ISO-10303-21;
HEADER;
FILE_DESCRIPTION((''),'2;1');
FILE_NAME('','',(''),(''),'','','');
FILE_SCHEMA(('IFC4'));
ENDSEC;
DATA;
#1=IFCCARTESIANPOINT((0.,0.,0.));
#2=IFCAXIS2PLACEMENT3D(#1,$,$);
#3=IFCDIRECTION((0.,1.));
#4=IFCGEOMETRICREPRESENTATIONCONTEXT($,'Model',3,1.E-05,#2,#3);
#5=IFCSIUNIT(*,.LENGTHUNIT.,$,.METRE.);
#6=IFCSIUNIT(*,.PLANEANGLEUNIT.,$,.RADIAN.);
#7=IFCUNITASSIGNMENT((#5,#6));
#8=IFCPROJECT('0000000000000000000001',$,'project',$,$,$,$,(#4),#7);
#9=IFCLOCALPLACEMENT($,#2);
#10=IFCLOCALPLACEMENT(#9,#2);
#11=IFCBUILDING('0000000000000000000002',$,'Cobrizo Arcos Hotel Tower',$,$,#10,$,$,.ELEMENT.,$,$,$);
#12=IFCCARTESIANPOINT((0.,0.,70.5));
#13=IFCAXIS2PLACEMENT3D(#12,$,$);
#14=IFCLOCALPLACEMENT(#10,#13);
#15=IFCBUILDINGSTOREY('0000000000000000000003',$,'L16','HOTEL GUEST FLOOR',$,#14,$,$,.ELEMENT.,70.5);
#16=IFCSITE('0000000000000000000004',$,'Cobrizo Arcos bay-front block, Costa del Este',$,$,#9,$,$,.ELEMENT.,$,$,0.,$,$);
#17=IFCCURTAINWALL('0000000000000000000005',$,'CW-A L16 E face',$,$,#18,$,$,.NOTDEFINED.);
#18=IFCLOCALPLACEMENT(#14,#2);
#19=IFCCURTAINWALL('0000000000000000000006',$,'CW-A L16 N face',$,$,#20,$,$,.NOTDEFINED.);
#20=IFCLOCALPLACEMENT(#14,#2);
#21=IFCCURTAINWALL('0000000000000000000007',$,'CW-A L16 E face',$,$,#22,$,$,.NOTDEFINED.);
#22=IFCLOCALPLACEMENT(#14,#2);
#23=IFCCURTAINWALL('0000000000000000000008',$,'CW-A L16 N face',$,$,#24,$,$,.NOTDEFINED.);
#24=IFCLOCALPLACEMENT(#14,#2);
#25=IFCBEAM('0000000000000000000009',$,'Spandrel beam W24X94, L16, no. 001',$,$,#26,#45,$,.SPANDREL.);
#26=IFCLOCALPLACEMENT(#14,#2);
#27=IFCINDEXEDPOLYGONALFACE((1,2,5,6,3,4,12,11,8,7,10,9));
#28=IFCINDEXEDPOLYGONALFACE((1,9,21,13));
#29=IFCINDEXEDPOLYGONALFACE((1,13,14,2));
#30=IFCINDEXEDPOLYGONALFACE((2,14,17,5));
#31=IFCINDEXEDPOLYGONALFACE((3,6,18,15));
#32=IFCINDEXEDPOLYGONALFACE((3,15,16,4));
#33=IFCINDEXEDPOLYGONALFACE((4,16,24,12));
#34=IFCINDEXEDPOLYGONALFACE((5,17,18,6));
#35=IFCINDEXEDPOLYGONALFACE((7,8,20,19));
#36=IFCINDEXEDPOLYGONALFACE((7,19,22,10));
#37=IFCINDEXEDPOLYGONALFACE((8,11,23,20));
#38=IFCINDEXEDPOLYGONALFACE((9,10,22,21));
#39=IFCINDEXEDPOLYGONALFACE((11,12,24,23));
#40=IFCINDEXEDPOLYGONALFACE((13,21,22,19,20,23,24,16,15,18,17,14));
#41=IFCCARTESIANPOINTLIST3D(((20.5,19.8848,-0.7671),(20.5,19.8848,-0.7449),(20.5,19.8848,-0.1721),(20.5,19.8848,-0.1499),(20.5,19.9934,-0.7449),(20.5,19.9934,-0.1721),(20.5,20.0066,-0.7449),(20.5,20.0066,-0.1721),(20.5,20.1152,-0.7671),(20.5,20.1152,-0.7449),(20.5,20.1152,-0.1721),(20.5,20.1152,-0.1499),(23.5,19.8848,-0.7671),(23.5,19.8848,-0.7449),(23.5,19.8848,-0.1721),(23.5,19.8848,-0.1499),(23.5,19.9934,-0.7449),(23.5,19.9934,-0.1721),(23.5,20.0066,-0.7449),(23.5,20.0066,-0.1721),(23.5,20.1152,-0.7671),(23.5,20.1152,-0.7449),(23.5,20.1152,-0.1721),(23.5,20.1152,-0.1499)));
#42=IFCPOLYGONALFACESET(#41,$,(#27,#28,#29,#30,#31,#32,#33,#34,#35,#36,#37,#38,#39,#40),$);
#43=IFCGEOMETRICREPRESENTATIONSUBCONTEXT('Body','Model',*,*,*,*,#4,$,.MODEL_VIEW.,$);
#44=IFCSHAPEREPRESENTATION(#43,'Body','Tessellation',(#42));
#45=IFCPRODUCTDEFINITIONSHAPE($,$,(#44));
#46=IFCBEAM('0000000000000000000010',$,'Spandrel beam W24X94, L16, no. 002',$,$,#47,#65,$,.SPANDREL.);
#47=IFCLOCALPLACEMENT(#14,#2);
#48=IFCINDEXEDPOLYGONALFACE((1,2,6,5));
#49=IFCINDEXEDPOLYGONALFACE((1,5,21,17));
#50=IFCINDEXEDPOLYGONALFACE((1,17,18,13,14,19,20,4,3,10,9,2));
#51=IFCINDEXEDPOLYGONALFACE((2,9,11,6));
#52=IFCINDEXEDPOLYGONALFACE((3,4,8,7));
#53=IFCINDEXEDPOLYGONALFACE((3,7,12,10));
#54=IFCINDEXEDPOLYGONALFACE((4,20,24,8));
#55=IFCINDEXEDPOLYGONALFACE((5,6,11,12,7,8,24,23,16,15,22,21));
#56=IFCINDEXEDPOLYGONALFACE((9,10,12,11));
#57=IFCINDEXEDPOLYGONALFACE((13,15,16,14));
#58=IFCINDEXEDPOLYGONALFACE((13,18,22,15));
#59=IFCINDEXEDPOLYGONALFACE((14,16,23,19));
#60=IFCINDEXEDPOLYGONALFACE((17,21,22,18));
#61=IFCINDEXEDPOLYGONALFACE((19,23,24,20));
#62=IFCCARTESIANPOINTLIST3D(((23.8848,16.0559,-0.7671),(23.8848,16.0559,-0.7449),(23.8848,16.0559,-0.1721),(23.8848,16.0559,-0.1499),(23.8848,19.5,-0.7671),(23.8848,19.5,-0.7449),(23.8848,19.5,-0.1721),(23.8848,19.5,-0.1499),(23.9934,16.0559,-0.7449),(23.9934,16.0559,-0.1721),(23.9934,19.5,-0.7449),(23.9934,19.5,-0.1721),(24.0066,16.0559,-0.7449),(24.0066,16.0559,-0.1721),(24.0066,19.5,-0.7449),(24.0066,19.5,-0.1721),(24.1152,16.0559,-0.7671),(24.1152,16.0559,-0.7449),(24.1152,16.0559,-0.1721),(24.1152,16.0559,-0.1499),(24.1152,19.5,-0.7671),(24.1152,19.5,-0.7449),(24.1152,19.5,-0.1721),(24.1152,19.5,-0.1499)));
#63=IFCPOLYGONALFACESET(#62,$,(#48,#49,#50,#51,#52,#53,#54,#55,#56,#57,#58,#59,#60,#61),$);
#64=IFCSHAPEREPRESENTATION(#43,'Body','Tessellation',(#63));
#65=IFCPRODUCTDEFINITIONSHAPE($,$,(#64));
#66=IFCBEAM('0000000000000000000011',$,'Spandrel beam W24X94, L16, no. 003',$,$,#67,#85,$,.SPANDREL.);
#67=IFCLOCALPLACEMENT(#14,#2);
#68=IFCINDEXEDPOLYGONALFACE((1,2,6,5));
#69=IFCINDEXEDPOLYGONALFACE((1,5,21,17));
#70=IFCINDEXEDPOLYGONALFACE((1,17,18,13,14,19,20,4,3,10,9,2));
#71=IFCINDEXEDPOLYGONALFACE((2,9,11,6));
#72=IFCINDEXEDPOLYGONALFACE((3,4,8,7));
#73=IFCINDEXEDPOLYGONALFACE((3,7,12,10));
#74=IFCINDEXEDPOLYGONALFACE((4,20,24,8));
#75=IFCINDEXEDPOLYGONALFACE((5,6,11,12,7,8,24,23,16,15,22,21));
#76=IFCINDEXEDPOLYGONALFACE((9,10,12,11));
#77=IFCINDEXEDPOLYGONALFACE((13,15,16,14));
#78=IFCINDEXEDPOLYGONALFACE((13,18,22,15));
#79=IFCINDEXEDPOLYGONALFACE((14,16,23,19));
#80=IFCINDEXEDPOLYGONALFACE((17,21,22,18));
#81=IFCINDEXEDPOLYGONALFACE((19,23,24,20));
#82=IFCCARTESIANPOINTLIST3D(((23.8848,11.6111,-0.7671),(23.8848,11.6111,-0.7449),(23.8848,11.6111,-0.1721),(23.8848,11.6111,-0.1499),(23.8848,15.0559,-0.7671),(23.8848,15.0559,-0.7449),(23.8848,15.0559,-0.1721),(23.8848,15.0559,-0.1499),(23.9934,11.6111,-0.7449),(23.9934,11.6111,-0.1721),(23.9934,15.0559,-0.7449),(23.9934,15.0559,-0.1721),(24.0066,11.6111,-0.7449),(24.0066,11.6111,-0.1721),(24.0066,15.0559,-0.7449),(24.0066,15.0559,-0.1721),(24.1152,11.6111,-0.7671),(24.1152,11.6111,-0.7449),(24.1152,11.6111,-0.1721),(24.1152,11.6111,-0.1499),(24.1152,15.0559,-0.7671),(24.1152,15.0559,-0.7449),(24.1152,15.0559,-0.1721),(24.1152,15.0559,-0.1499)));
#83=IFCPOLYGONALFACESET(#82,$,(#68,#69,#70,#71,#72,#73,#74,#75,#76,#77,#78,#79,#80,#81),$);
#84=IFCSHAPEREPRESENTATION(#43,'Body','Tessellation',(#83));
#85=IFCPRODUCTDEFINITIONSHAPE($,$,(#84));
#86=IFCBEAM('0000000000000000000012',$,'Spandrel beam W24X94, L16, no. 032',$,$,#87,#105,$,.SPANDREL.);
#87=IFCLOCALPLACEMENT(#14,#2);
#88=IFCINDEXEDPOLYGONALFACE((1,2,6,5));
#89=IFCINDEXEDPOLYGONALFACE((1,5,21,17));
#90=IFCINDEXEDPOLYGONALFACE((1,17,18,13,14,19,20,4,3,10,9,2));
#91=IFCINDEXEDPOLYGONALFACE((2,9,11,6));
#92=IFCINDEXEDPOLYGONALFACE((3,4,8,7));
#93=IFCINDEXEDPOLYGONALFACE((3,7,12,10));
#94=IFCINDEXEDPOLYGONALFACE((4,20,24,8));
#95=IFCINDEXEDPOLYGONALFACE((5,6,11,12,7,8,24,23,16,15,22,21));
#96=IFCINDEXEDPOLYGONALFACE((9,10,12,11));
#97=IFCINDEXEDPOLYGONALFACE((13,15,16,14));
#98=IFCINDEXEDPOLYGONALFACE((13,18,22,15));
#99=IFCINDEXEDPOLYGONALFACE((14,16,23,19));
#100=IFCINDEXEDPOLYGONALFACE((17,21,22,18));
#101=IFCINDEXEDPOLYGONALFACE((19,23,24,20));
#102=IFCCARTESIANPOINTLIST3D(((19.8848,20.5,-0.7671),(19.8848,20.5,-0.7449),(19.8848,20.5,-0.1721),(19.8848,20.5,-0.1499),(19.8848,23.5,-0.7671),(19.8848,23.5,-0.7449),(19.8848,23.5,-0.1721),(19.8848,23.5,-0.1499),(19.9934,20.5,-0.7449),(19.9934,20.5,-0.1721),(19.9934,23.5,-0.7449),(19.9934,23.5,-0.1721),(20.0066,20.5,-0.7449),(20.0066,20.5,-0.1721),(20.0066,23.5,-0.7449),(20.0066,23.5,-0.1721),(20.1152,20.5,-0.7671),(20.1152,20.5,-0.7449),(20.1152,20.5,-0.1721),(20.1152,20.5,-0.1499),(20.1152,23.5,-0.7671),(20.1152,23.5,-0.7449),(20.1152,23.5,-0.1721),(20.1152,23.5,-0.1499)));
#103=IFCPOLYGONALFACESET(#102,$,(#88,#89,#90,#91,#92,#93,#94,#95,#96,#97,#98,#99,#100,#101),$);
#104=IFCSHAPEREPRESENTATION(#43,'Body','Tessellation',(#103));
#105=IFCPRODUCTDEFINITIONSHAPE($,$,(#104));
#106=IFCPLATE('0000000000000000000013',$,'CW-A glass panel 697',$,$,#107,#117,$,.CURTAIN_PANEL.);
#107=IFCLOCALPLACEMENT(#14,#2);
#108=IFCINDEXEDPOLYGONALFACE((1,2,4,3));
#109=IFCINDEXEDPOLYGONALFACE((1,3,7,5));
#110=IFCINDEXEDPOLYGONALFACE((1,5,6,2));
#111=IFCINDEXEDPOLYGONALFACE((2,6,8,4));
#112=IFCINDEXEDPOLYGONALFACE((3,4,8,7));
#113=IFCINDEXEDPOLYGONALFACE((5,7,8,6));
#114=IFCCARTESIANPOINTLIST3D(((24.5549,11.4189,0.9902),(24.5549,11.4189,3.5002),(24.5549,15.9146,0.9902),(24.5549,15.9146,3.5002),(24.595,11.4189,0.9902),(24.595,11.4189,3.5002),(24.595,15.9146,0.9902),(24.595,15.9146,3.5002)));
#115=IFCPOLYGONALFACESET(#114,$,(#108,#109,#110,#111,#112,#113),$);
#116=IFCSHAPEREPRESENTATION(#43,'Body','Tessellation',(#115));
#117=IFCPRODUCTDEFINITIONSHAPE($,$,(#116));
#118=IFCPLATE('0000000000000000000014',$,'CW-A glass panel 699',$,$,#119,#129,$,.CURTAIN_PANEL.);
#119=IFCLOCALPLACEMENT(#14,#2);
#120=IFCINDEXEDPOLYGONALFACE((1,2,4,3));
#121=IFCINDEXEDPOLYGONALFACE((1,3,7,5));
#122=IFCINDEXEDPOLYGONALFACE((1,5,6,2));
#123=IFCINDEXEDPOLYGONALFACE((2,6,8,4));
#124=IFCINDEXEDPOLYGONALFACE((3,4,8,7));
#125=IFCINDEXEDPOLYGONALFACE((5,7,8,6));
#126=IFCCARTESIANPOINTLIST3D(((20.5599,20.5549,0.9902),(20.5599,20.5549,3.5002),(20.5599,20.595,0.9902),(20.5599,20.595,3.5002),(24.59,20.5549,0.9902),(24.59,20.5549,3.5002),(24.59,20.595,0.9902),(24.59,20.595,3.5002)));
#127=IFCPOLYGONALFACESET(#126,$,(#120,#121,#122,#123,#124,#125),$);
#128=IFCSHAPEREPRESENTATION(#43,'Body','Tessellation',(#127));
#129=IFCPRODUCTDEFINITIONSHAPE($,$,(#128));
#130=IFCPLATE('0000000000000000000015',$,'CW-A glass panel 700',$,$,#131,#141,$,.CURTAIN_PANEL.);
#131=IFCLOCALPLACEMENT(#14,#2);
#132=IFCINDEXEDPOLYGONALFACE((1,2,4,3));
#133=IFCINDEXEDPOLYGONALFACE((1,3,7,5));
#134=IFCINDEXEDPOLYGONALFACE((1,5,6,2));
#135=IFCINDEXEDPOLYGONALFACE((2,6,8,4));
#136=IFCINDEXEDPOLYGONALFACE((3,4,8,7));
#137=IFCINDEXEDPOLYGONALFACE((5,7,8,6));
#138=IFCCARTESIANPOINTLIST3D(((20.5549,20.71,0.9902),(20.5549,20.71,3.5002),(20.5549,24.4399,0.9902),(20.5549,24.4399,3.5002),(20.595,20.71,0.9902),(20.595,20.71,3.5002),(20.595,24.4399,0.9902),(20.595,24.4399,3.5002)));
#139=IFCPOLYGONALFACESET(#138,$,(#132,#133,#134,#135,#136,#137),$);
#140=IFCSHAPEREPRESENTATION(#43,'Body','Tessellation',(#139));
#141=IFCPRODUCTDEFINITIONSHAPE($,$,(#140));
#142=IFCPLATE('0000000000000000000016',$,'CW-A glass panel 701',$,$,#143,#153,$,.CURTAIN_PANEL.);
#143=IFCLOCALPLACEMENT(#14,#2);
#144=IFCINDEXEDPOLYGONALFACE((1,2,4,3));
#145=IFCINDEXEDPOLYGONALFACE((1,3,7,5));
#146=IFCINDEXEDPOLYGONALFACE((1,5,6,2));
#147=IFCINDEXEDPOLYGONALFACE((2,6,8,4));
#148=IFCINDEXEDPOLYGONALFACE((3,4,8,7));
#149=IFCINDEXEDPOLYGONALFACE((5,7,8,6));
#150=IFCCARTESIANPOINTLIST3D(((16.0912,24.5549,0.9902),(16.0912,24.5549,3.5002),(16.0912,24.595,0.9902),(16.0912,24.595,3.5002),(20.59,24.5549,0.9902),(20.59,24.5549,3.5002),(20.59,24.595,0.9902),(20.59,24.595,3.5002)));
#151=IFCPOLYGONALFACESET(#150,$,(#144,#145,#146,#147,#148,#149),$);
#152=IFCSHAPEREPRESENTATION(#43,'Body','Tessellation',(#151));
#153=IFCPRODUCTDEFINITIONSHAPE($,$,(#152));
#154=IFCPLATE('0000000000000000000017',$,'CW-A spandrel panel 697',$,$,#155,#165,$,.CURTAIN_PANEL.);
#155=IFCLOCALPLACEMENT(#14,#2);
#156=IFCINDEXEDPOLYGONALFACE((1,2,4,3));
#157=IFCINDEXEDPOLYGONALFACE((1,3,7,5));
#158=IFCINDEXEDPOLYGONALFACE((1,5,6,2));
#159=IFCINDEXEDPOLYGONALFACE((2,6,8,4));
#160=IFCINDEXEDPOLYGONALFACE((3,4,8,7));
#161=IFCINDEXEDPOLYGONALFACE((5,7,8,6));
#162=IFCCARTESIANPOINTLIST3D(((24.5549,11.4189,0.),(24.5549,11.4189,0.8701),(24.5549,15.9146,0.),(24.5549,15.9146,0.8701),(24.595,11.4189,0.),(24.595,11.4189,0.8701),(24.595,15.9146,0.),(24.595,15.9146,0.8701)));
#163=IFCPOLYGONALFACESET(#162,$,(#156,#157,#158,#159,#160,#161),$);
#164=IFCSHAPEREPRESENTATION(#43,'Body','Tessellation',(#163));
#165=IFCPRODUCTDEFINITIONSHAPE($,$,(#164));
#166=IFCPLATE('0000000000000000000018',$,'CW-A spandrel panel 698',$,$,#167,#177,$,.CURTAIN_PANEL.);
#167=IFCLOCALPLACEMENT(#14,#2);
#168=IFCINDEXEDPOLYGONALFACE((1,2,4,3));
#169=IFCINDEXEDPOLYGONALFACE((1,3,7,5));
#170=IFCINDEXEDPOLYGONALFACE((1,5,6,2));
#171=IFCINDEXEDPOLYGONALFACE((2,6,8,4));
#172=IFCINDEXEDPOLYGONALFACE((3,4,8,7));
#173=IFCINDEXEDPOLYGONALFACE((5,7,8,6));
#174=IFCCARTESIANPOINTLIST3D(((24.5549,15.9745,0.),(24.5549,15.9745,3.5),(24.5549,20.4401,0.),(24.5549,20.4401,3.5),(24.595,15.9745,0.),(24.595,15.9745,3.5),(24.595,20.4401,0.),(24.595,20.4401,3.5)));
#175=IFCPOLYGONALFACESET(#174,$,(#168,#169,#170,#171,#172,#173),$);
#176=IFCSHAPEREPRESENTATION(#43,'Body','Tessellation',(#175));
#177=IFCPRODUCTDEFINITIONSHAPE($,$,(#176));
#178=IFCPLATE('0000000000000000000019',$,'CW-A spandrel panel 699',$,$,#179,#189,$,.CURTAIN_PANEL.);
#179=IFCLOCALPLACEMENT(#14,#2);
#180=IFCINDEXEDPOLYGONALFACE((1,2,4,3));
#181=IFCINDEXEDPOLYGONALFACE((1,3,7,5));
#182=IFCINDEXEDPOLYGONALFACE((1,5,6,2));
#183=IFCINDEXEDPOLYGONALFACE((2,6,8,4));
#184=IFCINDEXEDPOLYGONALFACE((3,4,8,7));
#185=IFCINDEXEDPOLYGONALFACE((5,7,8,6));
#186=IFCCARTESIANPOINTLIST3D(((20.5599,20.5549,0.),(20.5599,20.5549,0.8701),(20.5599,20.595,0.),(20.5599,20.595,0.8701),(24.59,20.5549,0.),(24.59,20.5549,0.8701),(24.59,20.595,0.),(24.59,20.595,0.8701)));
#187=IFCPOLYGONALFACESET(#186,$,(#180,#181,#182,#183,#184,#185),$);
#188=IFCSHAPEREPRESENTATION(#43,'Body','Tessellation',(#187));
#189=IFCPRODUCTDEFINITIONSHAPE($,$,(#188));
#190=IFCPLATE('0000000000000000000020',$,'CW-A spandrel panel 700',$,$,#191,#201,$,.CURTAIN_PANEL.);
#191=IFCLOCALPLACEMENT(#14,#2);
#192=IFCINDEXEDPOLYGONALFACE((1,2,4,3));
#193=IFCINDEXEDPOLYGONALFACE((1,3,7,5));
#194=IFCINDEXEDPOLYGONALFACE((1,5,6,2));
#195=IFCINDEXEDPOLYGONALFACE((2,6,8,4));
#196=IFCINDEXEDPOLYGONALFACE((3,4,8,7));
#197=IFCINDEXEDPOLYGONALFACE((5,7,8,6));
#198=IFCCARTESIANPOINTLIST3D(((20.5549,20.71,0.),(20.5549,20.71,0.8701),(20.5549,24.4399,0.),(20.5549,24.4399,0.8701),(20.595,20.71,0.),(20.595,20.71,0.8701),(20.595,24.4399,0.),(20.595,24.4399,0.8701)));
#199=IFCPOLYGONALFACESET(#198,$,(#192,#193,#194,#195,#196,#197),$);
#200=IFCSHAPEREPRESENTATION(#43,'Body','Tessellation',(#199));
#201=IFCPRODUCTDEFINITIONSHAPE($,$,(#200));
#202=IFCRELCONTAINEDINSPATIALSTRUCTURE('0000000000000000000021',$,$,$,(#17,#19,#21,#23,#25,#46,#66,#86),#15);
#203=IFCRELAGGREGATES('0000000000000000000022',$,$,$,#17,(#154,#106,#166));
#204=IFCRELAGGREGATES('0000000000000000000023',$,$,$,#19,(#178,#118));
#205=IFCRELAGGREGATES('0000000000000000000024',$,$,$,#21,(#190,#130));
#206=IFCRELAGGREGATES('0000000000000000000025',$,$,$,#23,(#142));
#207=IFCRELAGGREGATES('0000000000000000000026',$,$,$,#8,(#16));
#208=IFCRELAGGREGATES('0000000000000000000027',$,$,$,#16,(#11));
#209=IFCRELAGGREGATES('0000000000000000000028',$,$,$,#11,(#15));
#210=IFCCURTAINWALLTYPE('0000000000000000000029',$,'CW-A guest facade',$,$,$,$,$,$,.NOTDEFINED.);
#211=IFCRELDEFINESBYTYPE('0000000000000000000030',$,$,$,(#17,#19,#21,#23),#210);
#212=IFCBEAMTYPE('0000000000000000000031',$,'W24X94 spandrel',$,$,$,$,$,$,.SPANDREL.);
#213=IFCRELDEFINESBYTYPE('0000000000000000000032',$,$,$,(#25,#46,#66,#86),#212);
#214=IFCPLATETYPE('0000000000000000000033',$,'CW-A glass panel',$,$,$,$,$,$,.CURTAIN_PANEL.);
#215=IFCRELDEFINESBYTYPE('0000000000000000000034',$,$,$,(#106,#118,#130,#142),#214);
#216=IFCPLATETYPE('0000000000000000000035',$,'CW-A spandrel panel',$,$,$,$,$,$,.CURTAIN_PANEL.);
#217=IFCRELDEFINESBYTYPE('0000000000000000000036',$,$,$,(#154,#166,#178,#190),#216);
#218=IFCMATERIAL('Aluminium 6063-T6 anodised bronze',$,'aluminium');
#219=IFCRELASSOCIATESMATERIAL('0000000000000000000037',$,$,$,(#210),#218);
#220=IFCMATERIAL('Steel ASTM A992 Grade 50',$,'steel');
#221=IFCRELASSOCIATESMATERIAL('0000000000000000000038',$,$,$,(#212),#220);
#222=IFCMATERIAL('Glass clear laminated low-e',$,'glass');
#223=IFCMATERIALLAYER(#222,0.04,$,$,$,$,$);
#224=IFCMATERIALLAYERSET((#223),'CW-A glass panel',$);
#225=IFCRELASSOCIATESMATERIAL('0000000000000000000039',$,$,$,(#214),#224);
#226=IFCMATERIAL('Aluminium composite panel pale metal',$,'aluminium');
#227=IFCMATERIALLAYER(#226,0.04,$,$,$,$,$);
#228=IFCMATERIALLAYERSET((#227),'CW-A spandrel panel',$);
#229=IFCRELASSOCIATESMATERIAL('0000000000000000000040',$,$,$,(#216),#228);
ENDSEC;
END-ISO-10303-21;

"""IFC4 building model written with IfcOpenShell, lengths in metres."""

from ifc_helpers import new_model, si_unit, direction, frame, origin, origin_2d, place, context, subcontext, project, spatial, rectangle, i_section, extrude, material, layer, layer_set, material_profile, profile_set, type_object, element, aggregate, save


model = new_model("IFC4")

# Units and contexts
model_context = context("Model", 3, precision=1e-05, world=origin(), true_north=direction((0.0, 1.0)))
body_context = subcontext(model_context, "Body", "Model", "MODEL_VIEW")
ifc_project = project(units=[si_unit("LENGTHUNIT", "METRE"), si_unit("PLANEANGLEUNIT", "RADIAN")], contexts=[model_context])

# Site, building, storey
site_placement = place(None, origin())
site = spatial("IfcSite", under=ifc_project, at=site_placement, Name="Cobrizo Arcos bay-front block, Costa del Este", CompositionType="ELEMENT", RefElevation=0.0)
building_placement = place(site_placement, origin())
building = spatial("IfcBuilding", under=site, at=building_placement, Name="Cobrizo Arcos Hotel Tower", CompositionType="ELEMENT")
storey_placement = place(building_placement, frame((0.0, 0.0, 70.5)))
storey = spatial("IfcBuildingStorey", under=building, at=storey_placement, Name="L16", Description="HOTEL GUEST FLOOR", CompositionType="ELEMENT", Elevation=70.5)

# Curtain walls
ifc_material_1 = material(Name="Aluminium 6063-T6 anodised bronze", Category="aluminium")
curtain_wall_type = type_object("IfcCurtainWallType", Name="CW-A guest facade", PredefinedType="NOTDEFINED", material=ifc_material_1)
curtain_wall_1_placement = place(storey_placement, origin())
curtain_wall_1 = element("IfcCurtainWall", 1, at=curtain_wall_1_placement, inside=storey, type_object=curtain_wall_type, Name="CW-A L16 E face", PredefinedType="NOTDEFINED")
curtain_wall_2_placement = place(storey_placement, origin())
curtain_wall_2 = element("IfcCurtainWall", 2, at=curtain_wall_2_placement, inside=storey, type_object=curtain_wall_type, Name="CW-A L16 N face", PredefinedType="NOTDEFINED")
curtain_wall_3_placement = place(storey_placement, origin())
curtain_wall_3 = element("IfcCurtainWall", 3, at=curtain_wall_3_placement, inside=storey, type_object=curtain_wall_type, Name="CW-A L16 E face", PredefinedType="NOTDEFINED")

# Curtain wall
curtain_wall_4_placement = place(storey_placement, origin())
curtain_wall_4 = element("IfcCurtainWall", 4, at=curtain_wall_4_placement, inside=storey, type_object=curtain_wall_type, Name="CW-A L16 N face", PredefinedType="NOTDEFINED")

# Beams
ifc_material_2 = material(Name="Steel ASTM A992 Grade 50", Category="steel")
ifc_material_profile_1 = material_profile(ifc_material_2, i_section(OverallWidth=0.2305, OverallDepth=0.6172, WebThickness=0.0132, FlangeThickness=0.0222, at=origin_2d()), Name="W24X94")
ifc_profile_set_1 = profile_set([ifc_material_profile_1], Name="Steel ASTM A992 Grade 50")
beam_type = type_object("IfcBeamType", Name="W24X94 spandrel", PredefinedType="SPANDREL", material=ifc_profile_set_1)
beam_1_placement = place(storey_placement, frame((20.5, 20.0, -0.4585), z_axis=(1.0, 0.0, 0.0), x_axis=(0.0, 1.0, 0.0)))
element("IfcBeam", 5, at=beam_1_placement, inside=storey, type_object=beam_type, Name="Spandrel beam W24X94, L16, no. 001", PredefinedType="SPANDREL", context=body_context, shape_type="SweptSolid", body=[
    extrude(i_section(OverallWidth=0.2305, OverallDepth=0.6172, WebThickness=0.0132, FlangeThickness=0.0222, at=origin_2d()), origin(), (0.0, 0.0, 1.0), 3.0),
])
beam_2_placement = place(storey_placement, frame((24.0, 19.5, -0.4585), z_axis=(0.0, -1.0, 0.0), x_axis=(1.0, 0.0, 0.0)))
element("IfcBeam", 6, at=beam_2_placement, inside=storey, type_object=beam_type, Name="Spandrel beam W24X94, L16, no. 002", PredefinedType="SPANDREL", context=body_context, shape_type="SweptSolid", body=[
    extrude(i_section(OverallWidth=0.2305, OverallDepth=0.6172, WebThickness=0.0132, FlangeThickness=0.0222, at=origin_2d()), origin(), (0.0, 0.0, 1.0), 3.4441),
])
beam_3_placement = place(storey_placement, frame((24.0, 15.0559, -0.4585), z_axis=(0.0, -1.0, 0.0), x_axis=(1.0, 0.0, 0.0)))
element("IfcBeam", 7, at=beam_3_placement, inside=storey, type_object=beam_type, Name="Spandrel beam W24X94, L16, no. 003", PredefinedType="SPANDREL", context=body_context, shape_type="SweptSolid", body=[
    extrude(i_section(OverallWidth=0.2305, OverallDepth=0.6172, WebThickness=0.0132, FlangeThickness=0.0222, at=origin_2d()), origin(), (0.0, 0.0, 1.0), 3.4448),
])
beam_4_placement = place(storey_placement, frame((20.0, 23.5, -0.4585), z_axis=(0.0, -1.0, 0.0), x_axis=(1.0, 0.0, 0.0)))
element("IfcBeam", 8, at=beam_4_placement, inside=storey, type_object=beam_type, Name="Spandrel beam W24X94, L16, no. 032", PredefinedType="SPANDREL", context=body_context, shape_type="SweptSolid", body=[
    extrude(i_section(OverallWidth=0.2305, OverallDepth=0.6172, WebThickness=0.0132, FlangeThickness=0.0222, at=origin_2d()), origin(), (0.0, 0.0, 1.0), 3.0),
])

# Plates
ifc_material_3 = material(Name="Glass clear laminated low-e", Category="glass")
ifc_layer_1 = layer(ifc_material_3, 0.04)
ifc_layer_set_1 = layer_set([ifc_layer_1], Name="CW-A glass panel")
plate_type_1 = type_object("IfcPlateType", Name="CW-A glass panel", PredefinedType="CURTAIN_PANEL", material=ifc_layer_set_1)
plate_1_placement = place(storey_placement, frame((24.575, 13.6667, 0.9902), z_axis=(0.0, 0.0, 1.0), x_axis=(0.0, 1.0, 0.0)))
plate_1 = element("IfcPlate", 9, at=plate_1_placement, type_object=plate_type_1, Name="CW-A glass panel 697", PredefinedType="CURTAIN_PANEL", context=body_context, shape_type="SweptSolid", body=[
    extrude(rectangle(XDim=4.4956, YDim=0.04, at=origin_2d()), origin(), (0.0, 0.0, 1.0), 2.51),
])
plate_2_placement = place(storey_placement, frame((22.575, 20.575, 0.9902), z_axis=(0.0, 0.0, 1.0), x_axis=(-1.0, 0.0, 0.0)))
plate_2 = element("IfcPlate", 10, at=plate_2_placement, type_object=plate_type_1, Name="CW-A glass panel 699", PredefinedType="CURTAIN_PANEL", context=body_context, shape_type="SweptSolid", body=[
    extrude(rectangle(XDim=4.03, YDim=0.04, at=origin_2d()), origin(), (0.0, 0.0, 1.0), 2.51),
])
plate_3_placement = place(storey_placement, frame((20.575, 22.575, 0.9902), z_axis=(0.0, 0.0, 1.0), x_axis=(0.0, 1.0, 0.0)))
plate_3 = element("IfcPlate", 11, at=plate_3_placement, type_object=plate_type_1, Name="CW-A glass panel 700", PredefinedType="CURTAIN_PANEL", context=body_context, shape_type="SweptSolid", body=[
    extrude(rectangle(XDim=3.73, YDim=0.04, at=origin_2d()), origin(), (0.0, 0.0, 1.0), 2.51),
])
plate_4_placement = place(storey_placement, frame((18.3406, 24.575, 0.9902), z_axis=(0.0, 0.0, 1.0), x_axis=(-1.0, 0.0, 0.0)))
plate_4 = element("IfcPlate", 12, at=plate_4_placement, type_object=plate_type_1, Name="CW-A glass panel 701", PredefinedType="CURTAIN_PANEL", context=body_context, shape_type="SweptSolid", body=[
    extrude(rectangle(XDim=4.4988, YDim=0.04, at=origin_2d()), origin(), (0.0, 0.0, 1.0), 2.51),
])
ifc_material_4 = material(Name="Aluminium composite panel pale metal", Category="aluminium")
ifc_layer_2 = layer(ifc_material_4, 0.04)
ifc_layer_set_2 = layer_set([ifc_layer_2], Name="CW-A spandrel panel")
plate_type_2 = type_object("IfcPlateType", Name="CW-A spandrel panel", PredefinedType="CURTAIN_PANEL", material=ifc_layer_set_2)
plate_5_placement = place(storey_placement, frame((24.575, 13.6667, 0.0), z_axis=(0.0, 0.0, 1.0), x_axis=(0.0, 1.0, 0.0)))
plate_5 = element("IfcPlate", 13, at=plate_5_placement, type_object=plate_type_2, Name="CW-A spandrel panel 697", PredefinedType="CURTAIN_PANEL", context=body_context, shape_type="SweptSolid", body=[
    extrude(rectangle(XDim=4.4956, YDim=0.04, at=origin_2d()), origin(), (0.0, 0.0, 1.0), 0.8701),
])
plate_6_placement = place(storey_placement, frame((24.575, 18.2073, 0.0), z_axis=(0.0, 0.0, 1.0), x_axis=(0.0, 1.0, 0.0)))
plate_6 = element("IfcPlate", 14, at=plate_6_placement, type_object=plate_type_2, Name="CW-A spandrel panel 698", PredefinedType="CURTAIN_PANEL", context=body_context, shape_type="SweptSolid", body=[
    extrude(rectangle(XDim=4.4656, YDim=0.04, at=origin_2d()), origin(), (0.0, 0.0, 1.0), 3.5),
])
aggregate(curtain_wall_1, [plate_5, plate_1, plate_6])
plate_7_placement = place(storey_placement, frame((22.575, 20.575, 0.0), z_axis=(0.0, 0.0, 1.0), x_axis=(-1.0, 0.0, 0.0)))
plate_7 = element("IfcPlate", 15, at=plate_7_placement, type_object=plate_type_2, Name="CW-A spandrel panel 699", PredefinedType="CURTAIN_PANEL", context=body_context, shape_type="SweptSolid", body=[
    extrude(rectangle(XDim=4.03, YDim=0.04, at=origin_2d()), origin(), (0.0, 0.0, 1.0), 0.8701),
])
aggregate(curtain_wall_2, [plate_7, plate_2])
plate_8_placement = place(storey_placement, frame((20.575, 22.575, 0.0), z_axis=(0.0, 0.0, 1.0), x_axis=(0.0, 1.0, 0.0)))
plate_8 = element("IfcPlate", 16, at=plate_8_placement, type_object=plate_type_2, Name="CW-A spandrel panel 700", PredefinedType="CURTAIN_PANEL", context=body_context, shape_type="SweptSolid", body=[
    extrude(rectangle(XDim=3.73, YDim=0.04, at=origin_2d()), origin(), (0.0, 0.0, 1.0), 0.8701),
])
aggregate(curtain_wall_3, [plate_8, plate_3])
aggregate(curtain_wall_4, [plate_4])

save(model, "model.ifc")
